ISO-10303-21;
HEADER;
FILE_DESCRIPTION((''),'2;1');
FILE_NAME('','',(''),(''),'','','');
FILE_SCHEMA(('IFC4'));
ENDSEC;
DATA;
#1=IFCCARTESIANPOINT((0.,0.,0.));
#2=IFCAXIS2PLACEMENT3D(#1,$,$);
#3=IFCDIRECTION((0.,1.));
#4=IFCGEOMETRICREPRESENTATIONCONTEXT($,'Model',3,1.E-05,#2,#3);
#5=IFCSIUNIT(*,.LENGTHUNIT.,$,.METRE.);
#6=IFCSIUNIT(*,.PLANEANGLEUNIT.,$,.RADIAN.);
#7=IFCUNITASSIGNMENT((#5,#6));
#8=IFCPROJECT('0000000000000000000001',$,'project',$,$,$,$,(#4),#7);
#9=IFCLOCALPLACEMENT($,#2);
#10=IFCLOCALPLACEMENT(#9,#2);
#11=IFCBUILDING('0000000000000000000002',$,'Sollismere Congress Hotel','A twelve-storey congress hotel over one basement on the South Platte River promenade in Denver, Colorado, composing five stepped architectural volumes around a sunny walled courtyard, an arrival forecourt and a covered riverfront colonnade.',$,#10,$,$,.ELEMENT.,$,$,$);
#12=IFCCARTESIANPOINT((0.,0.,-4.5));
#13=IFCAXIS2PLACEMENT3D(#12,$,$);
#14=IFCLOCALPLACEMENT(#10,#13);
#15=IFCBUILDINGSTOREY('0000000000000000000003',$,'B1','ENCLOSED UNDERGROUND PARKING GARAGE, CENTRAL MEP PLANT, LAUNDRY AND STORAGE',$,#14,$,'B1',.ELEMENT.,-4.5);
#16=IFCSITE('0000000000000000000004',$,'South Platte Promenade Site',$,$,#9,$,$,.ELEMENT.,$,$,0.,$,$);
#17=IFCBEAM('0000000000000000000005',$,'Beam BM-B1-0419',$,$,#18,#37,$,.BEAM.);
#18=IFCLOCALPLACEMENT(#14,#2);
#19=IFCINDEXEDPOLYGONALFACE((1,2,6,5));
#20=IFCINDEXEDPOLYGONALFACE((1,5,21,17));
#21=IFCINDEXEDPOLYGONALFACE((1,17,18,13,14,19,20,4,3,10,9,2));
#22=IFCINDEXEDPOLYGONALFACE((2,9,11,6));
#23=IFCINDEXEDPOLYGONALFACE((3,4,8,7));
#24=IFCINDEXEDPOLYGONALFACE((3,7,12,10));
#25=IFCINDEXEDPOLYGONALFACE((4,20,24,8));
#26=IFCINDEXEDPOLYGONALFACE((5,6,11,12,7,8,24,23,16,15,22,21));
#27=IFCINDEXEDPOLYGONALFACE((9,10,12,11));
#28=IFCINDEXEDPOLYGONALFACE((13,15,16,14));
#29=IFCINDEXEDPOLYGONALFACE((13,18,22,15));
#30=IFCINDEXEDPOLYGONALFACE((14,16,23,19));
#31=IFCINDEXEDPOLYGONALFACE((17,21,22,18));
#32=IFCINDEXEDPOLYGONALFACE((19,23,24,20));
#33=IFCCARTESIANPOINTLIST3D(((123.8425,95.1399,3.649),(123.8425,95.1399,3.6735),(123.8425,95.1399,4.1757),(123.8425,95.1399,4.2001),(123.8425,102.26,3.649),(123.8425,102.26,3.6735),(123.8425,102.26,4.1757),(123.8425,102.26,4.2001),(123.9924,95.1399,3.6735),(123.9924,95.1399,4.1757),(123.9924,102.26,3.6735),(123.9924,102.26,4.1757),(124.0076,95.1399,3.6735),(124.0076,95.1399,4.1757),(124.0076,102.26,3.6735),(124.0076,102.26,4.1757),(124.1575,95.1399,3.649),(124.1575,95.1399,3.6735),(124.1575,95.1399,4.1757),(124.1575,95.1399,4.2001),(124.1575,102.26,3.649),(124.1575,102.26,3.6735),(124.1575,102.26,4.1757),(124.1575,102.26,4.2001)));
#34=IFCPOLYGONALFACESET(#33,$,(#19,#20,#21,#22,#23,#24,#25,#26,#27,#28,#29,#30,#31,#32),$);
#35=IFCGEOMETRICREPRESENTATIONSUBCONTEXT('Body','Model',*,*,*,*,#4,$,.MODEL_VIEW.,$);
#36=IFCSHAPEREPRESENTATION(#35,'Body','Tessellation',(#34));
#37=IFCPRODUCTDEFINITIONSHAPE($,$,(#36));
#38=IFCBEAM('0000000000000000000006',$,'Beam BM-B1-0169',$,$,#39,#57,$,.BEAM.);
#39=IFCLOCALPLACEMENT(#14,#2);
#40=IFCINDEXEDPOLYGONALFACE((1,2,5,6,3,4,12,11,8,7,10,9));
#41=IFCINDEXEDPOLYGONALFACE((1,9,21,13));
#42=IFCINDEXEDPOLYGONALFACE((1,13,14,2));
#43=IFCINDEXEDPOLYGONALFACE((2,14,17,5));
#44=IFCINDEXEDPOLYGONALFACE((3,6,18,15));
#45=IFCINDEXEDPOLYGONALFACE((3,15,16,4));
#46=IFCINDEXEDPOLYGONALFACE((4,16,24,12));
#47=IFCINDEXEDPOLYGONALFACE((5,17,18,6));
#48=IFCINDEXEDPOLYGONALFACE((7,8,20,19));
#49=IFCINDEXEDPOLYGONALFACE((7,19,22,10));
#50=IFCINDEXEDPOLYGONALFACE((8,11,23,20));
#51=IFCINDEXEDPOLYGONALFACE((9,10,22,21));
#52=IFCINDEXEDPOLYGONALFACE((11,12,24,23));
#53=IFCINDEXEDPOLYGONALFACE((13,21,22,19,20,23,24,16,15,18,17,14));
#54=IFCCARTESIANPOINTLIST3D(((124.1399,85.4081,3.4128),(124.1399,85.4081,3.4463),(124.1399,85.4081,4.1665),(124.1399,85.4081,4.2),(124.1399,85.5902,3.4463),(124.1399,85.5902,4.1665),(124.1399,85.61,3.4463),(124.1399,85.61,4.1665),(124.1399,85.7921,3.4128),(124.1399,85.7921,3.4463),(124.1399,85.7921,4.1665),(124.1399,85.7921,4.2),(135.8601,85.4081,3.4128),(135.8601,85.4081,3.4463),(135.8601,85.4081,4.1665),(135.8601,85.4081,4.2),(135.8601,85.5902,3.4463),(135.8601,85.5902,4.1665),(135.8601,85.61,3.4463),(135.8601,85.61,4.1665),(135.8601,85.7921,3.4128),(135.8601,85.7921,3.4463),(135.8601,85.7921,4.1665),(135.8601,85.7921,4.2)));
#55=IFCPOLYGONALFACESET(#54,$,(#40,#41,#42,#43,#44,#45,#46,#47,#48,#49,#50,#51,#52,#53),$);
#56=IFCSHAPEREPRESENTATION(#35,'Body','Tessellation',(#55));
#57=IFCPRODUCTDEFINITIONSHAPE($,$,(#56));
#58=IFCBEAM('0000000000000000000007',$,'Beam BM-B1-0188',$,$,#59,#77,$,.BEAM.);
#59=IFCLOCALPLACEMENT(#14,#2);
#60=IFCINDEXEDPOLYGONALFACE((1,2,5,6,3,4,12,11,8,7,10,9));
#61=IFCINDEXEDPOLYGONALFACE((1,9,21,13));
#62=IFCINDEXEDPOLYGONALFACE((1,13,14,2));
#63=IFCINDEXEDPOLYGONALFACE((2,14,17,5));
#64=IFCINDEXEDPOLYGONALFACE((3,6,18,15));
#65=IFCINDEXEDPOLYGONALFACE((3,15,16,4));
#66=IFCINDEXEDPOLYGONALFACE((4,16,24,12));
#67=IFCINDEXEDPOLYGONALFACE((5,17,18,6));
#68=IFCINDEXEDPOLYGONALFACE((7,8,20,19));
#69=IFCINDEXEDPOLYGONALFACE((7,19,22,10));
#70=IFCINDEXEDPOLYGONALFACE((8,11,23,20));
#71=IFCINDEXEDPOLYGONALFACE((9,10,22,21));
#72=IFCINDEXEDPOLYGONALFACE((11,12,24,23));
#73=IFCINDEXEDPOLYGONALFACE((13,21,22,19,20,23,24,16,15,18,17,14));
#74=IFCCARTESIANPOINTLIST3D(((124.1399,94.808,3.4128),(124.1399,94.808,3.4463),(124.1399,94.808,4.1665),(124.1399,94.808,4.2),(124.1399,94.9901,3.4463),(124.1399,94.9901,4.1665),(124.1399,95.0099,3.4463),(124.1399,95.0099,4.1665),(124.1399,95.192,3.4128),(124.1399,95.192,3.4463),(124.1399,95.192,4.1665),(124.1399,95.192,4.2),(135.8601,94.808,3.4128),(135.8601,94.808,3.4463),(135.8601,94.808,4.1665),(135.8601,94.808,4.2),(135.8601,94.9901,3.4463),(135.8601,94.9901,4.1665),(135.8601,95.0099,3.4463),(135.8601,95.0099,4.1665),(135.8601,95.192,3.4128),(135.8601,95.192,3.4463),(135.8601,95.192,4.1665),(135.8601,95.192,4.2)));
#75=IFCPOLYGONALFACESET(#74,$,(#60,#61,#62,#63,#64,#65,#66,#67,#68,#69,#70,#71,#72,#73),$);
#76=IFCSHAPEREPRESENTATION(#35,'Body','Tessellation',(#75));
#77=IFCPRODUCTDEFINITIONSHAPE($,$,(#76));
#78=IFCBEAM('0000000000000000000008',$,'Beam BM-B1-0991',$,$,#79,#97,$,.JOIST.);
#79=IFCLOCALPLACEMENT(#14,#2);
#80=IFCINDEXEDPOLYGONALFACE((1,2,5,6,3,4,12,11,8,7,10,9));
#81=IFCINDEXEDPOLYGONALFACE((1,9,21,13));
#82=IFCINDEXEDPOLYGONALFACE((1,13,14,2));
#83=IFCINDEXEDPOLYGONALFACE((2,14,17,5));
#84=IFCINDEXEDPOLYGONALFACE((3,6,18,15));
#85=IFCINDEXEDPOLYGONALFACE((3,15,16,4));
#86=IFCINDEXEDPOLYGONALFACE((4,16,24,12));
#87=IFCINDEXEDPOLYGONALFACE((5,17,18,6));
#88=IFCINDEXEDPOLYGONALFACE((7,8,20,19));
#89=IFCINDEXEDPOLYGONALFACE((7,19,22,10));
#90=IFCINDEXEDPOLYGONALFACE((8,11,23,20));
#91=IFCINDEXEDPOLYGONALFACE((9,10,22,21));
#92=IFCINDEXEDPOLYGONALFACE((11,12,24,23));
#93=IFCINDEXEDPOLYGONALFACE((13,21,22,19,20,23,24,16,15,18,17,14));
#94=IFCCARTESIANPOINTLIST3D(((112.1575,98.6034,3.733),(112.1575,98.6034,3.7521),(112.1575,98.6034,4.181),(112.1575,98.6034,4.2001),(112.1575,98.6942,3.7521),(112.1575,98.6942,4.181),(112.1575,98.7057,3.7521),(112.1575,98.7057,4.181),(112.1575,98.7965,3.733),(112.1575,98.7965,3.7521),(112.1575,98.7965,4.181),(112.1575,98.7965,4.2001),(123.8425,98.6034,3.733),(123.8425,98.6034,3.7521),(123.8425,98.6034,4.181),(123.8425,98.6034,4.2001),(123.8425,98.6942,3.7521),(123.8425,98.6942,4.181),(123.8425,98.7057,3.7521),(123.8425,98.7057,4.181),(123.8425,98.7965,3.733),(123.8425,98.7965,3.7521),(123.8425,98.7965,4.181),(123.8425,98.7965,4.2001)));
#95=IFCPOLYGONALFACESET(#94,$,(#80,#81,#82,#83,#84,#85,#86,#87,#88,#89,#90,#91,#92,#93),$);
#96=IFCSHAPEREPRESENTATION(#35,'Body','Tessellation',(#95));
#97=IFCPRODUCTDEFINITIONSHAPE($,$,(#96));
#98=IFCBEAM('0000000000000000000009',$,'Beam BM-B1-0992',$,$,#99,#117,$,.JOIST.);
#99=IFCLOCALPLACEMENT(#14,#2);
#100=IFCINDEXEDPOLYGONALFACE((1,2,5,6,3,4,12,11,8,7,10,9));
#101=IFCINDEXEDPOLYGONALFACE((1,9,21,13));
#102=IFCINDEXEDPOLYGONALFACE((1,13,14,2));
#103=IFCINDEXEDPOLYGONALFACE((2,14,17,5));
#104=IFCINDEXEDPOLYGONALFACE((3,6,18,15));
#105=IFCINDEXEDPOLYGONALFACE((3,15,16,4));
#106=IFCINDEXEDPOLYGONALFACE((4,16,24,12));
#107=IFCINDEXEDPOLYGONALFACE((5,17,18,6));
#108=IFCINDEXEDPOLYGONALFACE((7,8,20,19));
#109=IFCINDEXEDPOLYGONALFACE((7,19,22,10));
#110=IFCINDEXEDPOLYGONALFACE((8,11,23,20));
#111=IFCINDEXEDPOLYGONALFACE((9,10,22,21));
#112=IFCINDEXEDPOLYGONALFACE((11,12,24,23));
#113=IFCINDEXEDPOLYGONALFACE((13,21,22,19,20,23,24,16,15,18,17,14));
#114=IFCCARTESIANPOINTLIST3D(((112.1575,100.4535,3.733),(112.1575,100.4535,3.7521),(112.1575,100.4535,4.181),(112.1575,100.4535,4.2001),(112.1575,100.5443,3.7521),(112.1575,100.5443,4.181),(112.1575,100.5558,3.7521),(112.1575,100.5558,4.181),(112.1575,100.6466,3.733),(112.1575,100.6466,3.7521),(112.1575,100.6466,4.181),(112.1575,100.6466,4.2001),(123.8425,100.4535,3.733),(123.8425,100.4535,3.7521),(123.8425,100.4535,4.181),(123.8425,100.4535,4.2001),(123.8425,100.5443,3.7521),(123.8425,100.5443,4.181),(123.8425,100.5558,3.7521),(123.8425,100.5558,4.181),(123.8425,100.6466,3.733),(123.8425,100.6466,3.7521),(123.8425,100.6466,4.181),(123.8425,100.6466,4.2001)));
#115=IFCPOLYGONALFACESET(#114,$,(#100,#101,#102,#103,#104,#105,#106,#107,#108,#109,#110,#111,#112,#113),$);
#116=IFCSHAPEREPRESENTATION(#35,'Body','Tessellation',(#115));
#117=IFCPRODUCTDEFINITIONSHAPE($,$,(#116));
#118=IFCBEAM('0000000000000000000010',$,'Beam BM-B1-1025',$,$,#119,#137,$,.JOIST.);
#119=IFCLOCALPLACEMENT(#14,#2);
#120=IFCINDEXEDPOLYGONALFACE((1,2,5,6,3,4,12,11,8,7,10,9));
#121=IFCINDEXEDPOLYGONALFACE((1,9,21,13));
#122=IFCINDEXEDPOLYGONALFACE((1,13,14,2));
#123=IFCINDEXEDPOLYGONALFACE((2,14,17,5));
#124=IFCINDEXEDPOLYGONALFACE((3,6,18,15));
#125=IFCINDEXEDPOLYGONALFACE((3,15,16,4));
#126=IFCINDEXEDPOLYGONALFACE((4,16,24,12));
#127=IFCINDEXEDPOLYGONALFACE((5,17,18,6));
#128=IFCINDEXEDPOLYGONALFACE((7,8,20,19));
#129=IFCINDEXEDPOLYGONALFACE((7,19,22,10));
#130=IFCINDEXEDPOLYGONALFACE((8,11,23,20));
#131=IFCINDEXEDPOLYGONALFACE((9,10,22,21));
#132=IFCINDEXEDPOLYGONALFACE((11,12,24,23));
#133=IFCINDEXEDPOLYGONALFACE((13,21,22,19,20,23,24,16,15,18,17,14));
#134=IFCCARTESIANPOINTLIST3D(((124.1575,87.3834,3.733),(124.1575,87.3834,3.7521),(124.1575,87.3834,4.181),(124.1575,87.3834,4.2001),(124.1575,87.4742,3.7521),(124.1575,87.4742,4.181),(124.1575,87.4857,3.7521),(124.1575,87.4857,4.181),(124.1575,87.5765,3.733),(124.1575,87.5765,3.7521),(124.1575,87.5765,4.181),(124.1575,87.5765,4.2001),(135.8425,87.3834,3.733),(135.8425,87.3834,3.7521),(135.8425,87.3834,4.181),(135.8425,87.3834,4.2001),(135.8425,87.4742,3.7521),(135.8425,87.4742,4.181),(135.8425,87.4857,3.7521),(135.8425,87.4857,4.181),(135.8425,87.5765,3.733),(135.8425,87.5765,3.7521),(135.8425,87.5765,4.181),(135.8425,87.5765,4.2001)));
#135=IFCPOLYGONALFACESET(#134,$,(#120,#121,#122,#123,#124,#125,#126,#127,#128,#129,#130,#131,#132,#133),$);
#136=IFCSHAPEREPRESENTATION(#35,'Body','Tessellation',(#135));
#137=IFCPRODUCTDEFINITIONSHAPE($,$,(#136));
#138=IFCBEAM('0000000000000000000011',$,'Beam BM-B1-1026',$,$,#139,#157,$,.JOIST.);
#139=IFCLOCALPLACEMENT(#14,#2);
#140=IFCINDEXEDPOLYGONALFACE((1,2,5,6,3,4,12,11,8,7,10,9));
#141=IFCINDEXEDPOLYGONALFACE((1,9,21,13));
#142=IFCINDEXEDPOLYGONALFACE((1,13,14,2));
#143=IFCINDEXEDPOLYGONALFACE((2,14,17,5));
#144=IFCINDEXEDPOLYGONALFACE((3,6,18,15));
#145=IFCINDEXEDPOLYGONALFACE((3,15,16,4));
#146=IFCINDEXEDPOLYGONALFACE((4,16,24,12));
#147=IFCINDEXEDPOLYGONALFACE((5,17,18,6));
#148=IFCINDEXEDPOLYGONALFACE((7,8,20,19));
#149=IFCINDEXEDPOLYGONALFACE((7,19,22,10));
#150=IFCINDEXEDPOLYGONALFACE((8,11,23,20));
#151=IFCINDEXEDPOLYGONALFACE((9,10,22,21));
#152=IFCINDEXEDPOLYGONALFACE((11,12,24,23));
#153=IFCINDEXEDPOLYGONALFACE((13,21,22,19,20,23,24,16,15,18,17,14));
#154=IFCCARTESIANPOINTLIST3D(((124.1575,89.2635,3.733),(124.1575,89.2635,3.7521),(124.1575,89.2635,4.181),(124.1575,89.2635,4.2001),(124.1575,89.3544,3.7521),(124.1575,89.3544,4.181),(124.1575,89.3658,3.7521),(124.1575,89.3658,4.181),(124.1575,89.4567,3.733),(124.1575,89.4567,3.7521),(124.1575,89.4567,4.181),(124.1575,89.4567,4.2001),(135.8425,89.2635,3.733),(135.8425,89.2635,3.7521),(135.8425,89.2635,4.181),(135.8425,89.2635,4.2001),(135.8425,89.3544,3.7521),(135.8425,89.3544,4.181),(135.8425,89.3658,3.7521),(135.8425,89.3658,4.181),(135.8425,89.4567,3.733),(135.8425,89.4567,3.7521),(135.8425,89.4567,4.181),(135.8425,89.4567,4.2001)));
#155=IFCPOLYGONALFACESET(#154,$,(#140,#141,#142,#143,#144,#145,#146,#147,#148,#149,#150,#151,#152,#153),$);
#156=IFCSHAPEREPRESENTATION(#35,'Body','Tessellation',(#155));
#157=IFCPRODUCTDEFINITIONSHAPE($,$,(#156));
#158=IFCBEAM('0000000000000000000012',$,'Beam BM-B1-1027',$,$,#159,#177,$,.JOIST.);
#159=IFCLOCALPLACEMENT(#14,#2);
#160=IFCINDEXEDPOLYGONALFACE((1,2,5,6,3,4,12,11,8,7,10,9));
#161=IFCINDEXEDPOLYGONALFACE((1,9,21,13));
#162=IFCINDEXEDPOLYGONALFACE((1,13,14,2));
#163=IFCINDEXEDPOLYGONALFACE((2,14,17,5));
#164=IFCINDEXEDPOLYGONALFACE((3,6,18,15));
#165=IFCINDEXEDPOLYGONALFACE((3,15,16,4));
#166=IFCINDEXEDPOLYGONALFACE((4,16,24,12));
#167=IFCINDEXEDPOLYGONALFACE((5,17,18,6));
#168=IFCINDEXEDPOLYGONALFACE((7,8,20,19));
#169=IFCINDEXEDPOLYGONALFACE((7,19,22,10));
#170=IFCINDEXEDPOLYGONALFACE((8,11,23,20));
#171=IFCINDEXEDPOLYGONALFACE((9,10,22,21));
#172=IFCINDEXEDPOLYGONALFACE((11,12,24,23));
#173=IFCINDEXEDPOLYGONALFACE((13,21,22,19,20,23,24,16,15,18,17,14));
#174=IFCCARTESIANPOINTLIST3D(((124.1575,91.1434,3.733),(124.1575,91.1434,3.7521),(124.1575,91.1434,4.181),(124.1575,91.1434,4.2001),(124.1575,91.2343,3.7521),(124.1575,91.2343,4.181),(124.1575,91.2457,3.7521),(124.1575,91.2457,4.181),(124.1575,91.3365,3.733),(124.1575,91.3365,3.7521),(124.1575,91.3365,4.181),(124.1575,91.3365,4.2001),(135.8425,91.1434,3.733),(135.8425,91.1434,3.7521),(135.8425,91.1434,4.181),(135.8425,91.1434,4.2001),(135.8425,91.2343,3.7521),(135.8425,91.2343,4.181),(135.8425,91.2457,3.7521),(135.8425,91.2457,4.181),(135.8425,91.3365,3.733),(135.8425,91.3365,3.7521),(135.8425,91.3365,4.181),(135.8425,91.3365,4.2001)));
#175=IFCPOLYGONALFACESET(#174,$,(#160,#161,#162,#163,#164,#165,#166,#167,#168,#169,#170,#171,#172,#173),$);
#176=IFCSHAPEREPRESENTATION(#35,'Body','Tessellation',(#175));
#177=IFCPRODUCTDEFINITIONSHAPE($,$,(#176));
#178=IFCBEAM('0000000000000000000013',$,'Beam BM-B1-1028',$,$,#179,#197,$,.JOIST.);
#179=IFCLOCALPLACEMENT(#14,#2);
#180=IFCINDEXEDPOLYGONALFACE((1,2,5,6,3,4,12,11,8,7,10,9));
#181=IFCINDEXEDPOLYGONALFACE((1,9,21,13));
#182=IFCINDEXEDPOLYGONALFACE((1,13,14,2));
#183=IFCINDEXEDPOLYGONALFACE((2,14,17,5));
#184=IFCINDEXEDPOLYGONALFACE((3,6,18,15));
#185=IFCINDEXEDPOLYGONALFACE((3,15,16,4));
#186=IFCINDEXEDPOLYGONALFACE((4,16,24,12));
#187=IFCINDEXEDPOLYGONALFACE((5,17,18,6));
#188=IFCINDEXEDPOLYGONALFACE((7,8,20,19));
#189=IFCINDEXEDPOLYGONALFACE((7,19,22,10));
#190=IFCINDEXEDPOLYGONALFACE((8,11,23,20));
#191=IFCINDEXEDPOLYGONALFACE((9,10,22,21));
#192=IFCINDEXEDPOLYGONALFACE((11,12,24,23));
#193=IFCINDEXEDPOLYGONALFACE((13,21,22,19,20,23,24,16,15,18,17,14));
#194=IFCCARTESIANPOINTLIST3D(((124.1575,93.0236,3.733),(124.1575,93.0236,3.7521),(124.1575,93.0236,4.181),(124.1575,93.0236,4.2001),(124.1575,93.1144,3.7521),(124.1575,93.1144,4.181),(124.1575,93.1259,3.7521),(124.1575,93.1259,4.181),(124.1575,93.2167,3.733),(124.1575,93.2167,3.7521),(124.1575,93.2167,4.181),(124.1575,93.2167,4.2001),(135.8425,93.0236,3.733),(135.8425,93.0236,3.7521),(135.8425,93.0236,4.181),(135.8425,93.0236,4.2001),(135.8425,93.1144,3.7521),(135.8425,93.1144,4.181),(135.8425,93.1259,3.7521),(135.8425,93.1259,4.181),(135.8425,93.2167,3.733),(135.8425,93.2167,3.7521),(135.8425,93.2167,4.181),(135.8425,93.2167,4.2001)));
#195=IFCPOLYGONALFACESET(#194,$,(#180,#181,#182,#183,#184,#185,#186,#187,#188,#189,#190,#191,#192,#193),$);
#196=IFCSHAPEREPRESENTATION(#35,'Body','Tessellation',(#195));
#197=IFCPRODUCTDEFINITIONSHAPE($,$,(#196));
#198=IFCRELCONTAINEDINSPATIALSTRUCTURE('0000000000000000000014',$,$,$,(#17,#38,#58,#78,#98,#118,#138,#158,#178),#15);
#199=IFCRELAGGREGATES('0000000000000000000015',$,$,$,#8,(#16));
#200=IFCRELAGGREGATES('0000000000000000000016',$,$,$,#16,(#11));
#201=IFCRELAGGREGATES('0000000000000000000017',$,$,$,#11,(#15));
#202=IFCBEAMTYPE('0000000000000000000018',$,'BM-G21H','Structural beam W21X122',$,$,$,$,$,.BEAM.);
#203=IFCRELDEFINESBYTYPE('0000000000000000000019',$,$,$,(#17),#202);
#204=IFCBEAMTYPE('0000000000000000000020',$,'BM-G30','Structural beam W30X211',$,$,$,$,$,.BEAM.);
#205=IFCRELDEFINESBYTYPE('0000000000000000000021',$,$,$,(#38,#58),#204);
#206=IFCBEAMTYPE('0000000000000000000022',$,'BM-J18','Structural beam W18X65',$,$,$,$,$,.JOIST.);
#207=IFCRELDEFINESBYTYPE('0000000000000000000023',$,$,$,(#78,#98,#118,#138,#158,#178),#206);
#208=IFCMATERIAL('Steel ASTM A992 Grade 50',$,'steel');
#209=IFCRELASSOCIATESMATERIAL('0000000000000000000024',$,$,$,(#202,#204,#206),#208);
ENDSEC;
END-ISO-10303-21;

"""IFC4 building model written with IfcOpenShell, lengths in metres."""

from ifc_helpers import new_model, si_unit, direction, frame, origin, origin_2d, place, context, subcontext, project, spatial, i_section, extrude, material, material_profile, profile_set, type_object, element, save


model = new_model("IFC4")

# Units and contexts
model_context = context("Model", 3, precision=1e-05, world=origin(), true_north=direction((0.0, 1.0)))
body_context = subcontext(model_context, "Body", "Model", "MODEL_VIEW")
ifc_project = project(units=[si_unit("LENGTHUNIT", "METRE"), si_unit("PLANEANGLEUNIT", "RADIAN")], contexts=[model_context])

# Site, building, storey
site_placement = place(None, origin())
site = spatial("IfcSite", under=ifc_project, at=site_placement, Name="South Platte Promenade Site", CompositionType="ELEMENT", RefElevation=0.0)
building_placement = place(site_placement, origin())
building = spatial("IfcBuilding", under=site, at=building_placement, Name="Sollismere Congress Hotel", Description="A twelve-storey congress hotel over one basement on the South Platte River promenade in Denver, Colorado, composing five stepped architectural volumes around a sunny walled courtyard, an arrival forecourt and a covered riverfront colonnade.", CompositionType="ELEMENT")
storey_placement = place(building_placement, frame((0.0, 0.0, -4.5)))
storey = spatial("IfcBuildingStorey", under=building, at=storey_placement, Name="B1", Description="ENCLOSED UNDERGROUND PARKING GARAGE, CENTRAL MEP PLANT, LAUNDRY AND STORAGE", LongName="B1", CompositionType="ELEMENT", Elevation=-4.5)

# Beams
ifc_material_1 = material(Name="Steel ASTM A992 Grade 50", Category="steel")
ifc_material_profile_1 = material_profile(ifc_material_1, i_section(OverallWidth=0.3149, OverallDepth=0.551, WebThickness=0.0151, FlangeThickness=0.0244, at=origin_2d()), Name="W21X122")
ifc_profile_set_1 = profile_set([ifc_material_profile_1], Name="Steel ASTM A992 Grade 50")
beam_type_1 = type_object("IfcBeamType", Name="BM-G21H", Description="Structural beam W21X122", PredefinedType="BEAM", material=ifc_profile_set_1)
beam_1_placement = place(storey_placement, frame((124.0, 95.1399, 3.9246), z_axis=(0.0, 1.0, 0.0), x_axis=(-1.0, 0.0, 0.0)))
element("IfcBeam", 1, at=beam_1_placement, inside=storey, type_object=beam_type_1, Name="Beam BM-B1-0419", PredefinedType="BEAM", context=body_context, shape_type="SweptSolid", body=[
    extrude(i_section(OverallWidth=0.3149, OverallDepth=0.551, WebThickness=0.0151, FlangeThickness=0.0244, at=origin_2d()), origin(), (0.0, 0.0, 1.0), 7.1201),
])
ifc_material_profile_2 = material_profile(ifc_material_1, i_section(OverallWidth=0.384, OverallDepth=0.7871, WebThickness=0.0198, FlangeThickness=0.0334, at=origin_2d()), Name="W30X211")
ifc_profile_set_2 = profile_set([ifc_material_profile_2], Name="Steel ASTM A992 Grade 50")
beam_type_2 = type_object("IfcBeamType", Name="BM-G30", Description="Structural beam W30X211", PredefinedType="BEAM", material=ifc_profile_set_2)
for number, where, z_axis, x_axis, name in (
    (2, (124.1399, 85.6001, 3.8064), (1.0, 0.0, 0.0), (0.0, 1.0, 0.0), "Beam BM-B1-0169"),
    (3, (124.1399, 95.0, 3.8064), (1.0, 0.0, 0.0), (0.0, 1.0, 0.0), "Beam BM-B1-0188"),
):
    element("IfcBeam", number, at=place(storey_placement, frame(where, z_axis=z_axis, x_axis=x_axis)), inside=storey, type_object=beam_type_2, Name=name, PredefinedType="BEAM", context=body_context, shape_type="SweptSolid", body=[
        extrude(i_section(OverallWidth=0.384, OverallDepth=0.7871, WebThickness=0.0198, FlangeThickness=0.0334, at=origin_2d()), origin(), (0.0, 0.0, 1.0), 11.7202),
    ])
ifc_material_profile_3 = material_profile(ifc_material_1, i_section(OverallWidth=0.1931, OverallDepth=0.467, WebThickness=0.0115, FlangeThickness=0.019, at=origin_2d()), Name="W18X65")
ifc_profile_set_3 = profile_set([ifc_material_profile_3], Name="Steel ASTM A992 Grade 50")
beam_type_3 = type_object("IfcBeamType", Name="BM-J18", Description="Structural beam W18X65", PredefinedType="JOIST", material=ifc_profile_set_3)
for number, where, z_axis, x_axis, name in (
    (4, (112.1575, 98.7, 3.9666), (1.0, 0.0, 0.0), (0.0, 1.0, 0.0), "Beam BM-B1-0991"),
    (5, (112.1575, 100.55, 3.9666), (1.0, 0.0, 0.0), (0.0, 1.0, 0.0), "Beam BM-B1-0992"),
    (6, (124.1575, 87.48, 3.9666), (1.0, 0.0, 0.0), (0.0, 1.0, 0.0), "Beam BM-B1-1025"),
    (7, (124.1575, 89.3601, 3.9666), (1.0, 0.0, 0.0), (0.0, 1.0, 0.0), "Beam BM-B1-1026"),
    (8, (124.1575, 91.24, 3.9666), (1.0, 0.0, 0.0), (0.0, 1.0, 0.0), "Beam BM-B1-1027"),
    (9, (124.1575, 93.1201, 3.9666), (1.0, 0.0, 0.0), (0.0, 1.0, 0.0), "Beam BM-B1-1028"),
):
    element("IfcBeam", number, at=place(storey_placement, frame(where, z_axis=z_axis, x_axis=x_axis)), inside=storey, type_object=beam_type_3, Name=name, PredefinedType="JOIST", context=body_context, shape_type="SweptSolid", body=[
        extrude(i_section(OverallWidth=0.1931, OverallDepth=0.467, WebThickness=0.0115, FlangeThickness=0.019, at=origin_2d()), origin(), (0.0, 0.0, 1.0), 11.6851),
    ])

save(model, "model.ifc")
